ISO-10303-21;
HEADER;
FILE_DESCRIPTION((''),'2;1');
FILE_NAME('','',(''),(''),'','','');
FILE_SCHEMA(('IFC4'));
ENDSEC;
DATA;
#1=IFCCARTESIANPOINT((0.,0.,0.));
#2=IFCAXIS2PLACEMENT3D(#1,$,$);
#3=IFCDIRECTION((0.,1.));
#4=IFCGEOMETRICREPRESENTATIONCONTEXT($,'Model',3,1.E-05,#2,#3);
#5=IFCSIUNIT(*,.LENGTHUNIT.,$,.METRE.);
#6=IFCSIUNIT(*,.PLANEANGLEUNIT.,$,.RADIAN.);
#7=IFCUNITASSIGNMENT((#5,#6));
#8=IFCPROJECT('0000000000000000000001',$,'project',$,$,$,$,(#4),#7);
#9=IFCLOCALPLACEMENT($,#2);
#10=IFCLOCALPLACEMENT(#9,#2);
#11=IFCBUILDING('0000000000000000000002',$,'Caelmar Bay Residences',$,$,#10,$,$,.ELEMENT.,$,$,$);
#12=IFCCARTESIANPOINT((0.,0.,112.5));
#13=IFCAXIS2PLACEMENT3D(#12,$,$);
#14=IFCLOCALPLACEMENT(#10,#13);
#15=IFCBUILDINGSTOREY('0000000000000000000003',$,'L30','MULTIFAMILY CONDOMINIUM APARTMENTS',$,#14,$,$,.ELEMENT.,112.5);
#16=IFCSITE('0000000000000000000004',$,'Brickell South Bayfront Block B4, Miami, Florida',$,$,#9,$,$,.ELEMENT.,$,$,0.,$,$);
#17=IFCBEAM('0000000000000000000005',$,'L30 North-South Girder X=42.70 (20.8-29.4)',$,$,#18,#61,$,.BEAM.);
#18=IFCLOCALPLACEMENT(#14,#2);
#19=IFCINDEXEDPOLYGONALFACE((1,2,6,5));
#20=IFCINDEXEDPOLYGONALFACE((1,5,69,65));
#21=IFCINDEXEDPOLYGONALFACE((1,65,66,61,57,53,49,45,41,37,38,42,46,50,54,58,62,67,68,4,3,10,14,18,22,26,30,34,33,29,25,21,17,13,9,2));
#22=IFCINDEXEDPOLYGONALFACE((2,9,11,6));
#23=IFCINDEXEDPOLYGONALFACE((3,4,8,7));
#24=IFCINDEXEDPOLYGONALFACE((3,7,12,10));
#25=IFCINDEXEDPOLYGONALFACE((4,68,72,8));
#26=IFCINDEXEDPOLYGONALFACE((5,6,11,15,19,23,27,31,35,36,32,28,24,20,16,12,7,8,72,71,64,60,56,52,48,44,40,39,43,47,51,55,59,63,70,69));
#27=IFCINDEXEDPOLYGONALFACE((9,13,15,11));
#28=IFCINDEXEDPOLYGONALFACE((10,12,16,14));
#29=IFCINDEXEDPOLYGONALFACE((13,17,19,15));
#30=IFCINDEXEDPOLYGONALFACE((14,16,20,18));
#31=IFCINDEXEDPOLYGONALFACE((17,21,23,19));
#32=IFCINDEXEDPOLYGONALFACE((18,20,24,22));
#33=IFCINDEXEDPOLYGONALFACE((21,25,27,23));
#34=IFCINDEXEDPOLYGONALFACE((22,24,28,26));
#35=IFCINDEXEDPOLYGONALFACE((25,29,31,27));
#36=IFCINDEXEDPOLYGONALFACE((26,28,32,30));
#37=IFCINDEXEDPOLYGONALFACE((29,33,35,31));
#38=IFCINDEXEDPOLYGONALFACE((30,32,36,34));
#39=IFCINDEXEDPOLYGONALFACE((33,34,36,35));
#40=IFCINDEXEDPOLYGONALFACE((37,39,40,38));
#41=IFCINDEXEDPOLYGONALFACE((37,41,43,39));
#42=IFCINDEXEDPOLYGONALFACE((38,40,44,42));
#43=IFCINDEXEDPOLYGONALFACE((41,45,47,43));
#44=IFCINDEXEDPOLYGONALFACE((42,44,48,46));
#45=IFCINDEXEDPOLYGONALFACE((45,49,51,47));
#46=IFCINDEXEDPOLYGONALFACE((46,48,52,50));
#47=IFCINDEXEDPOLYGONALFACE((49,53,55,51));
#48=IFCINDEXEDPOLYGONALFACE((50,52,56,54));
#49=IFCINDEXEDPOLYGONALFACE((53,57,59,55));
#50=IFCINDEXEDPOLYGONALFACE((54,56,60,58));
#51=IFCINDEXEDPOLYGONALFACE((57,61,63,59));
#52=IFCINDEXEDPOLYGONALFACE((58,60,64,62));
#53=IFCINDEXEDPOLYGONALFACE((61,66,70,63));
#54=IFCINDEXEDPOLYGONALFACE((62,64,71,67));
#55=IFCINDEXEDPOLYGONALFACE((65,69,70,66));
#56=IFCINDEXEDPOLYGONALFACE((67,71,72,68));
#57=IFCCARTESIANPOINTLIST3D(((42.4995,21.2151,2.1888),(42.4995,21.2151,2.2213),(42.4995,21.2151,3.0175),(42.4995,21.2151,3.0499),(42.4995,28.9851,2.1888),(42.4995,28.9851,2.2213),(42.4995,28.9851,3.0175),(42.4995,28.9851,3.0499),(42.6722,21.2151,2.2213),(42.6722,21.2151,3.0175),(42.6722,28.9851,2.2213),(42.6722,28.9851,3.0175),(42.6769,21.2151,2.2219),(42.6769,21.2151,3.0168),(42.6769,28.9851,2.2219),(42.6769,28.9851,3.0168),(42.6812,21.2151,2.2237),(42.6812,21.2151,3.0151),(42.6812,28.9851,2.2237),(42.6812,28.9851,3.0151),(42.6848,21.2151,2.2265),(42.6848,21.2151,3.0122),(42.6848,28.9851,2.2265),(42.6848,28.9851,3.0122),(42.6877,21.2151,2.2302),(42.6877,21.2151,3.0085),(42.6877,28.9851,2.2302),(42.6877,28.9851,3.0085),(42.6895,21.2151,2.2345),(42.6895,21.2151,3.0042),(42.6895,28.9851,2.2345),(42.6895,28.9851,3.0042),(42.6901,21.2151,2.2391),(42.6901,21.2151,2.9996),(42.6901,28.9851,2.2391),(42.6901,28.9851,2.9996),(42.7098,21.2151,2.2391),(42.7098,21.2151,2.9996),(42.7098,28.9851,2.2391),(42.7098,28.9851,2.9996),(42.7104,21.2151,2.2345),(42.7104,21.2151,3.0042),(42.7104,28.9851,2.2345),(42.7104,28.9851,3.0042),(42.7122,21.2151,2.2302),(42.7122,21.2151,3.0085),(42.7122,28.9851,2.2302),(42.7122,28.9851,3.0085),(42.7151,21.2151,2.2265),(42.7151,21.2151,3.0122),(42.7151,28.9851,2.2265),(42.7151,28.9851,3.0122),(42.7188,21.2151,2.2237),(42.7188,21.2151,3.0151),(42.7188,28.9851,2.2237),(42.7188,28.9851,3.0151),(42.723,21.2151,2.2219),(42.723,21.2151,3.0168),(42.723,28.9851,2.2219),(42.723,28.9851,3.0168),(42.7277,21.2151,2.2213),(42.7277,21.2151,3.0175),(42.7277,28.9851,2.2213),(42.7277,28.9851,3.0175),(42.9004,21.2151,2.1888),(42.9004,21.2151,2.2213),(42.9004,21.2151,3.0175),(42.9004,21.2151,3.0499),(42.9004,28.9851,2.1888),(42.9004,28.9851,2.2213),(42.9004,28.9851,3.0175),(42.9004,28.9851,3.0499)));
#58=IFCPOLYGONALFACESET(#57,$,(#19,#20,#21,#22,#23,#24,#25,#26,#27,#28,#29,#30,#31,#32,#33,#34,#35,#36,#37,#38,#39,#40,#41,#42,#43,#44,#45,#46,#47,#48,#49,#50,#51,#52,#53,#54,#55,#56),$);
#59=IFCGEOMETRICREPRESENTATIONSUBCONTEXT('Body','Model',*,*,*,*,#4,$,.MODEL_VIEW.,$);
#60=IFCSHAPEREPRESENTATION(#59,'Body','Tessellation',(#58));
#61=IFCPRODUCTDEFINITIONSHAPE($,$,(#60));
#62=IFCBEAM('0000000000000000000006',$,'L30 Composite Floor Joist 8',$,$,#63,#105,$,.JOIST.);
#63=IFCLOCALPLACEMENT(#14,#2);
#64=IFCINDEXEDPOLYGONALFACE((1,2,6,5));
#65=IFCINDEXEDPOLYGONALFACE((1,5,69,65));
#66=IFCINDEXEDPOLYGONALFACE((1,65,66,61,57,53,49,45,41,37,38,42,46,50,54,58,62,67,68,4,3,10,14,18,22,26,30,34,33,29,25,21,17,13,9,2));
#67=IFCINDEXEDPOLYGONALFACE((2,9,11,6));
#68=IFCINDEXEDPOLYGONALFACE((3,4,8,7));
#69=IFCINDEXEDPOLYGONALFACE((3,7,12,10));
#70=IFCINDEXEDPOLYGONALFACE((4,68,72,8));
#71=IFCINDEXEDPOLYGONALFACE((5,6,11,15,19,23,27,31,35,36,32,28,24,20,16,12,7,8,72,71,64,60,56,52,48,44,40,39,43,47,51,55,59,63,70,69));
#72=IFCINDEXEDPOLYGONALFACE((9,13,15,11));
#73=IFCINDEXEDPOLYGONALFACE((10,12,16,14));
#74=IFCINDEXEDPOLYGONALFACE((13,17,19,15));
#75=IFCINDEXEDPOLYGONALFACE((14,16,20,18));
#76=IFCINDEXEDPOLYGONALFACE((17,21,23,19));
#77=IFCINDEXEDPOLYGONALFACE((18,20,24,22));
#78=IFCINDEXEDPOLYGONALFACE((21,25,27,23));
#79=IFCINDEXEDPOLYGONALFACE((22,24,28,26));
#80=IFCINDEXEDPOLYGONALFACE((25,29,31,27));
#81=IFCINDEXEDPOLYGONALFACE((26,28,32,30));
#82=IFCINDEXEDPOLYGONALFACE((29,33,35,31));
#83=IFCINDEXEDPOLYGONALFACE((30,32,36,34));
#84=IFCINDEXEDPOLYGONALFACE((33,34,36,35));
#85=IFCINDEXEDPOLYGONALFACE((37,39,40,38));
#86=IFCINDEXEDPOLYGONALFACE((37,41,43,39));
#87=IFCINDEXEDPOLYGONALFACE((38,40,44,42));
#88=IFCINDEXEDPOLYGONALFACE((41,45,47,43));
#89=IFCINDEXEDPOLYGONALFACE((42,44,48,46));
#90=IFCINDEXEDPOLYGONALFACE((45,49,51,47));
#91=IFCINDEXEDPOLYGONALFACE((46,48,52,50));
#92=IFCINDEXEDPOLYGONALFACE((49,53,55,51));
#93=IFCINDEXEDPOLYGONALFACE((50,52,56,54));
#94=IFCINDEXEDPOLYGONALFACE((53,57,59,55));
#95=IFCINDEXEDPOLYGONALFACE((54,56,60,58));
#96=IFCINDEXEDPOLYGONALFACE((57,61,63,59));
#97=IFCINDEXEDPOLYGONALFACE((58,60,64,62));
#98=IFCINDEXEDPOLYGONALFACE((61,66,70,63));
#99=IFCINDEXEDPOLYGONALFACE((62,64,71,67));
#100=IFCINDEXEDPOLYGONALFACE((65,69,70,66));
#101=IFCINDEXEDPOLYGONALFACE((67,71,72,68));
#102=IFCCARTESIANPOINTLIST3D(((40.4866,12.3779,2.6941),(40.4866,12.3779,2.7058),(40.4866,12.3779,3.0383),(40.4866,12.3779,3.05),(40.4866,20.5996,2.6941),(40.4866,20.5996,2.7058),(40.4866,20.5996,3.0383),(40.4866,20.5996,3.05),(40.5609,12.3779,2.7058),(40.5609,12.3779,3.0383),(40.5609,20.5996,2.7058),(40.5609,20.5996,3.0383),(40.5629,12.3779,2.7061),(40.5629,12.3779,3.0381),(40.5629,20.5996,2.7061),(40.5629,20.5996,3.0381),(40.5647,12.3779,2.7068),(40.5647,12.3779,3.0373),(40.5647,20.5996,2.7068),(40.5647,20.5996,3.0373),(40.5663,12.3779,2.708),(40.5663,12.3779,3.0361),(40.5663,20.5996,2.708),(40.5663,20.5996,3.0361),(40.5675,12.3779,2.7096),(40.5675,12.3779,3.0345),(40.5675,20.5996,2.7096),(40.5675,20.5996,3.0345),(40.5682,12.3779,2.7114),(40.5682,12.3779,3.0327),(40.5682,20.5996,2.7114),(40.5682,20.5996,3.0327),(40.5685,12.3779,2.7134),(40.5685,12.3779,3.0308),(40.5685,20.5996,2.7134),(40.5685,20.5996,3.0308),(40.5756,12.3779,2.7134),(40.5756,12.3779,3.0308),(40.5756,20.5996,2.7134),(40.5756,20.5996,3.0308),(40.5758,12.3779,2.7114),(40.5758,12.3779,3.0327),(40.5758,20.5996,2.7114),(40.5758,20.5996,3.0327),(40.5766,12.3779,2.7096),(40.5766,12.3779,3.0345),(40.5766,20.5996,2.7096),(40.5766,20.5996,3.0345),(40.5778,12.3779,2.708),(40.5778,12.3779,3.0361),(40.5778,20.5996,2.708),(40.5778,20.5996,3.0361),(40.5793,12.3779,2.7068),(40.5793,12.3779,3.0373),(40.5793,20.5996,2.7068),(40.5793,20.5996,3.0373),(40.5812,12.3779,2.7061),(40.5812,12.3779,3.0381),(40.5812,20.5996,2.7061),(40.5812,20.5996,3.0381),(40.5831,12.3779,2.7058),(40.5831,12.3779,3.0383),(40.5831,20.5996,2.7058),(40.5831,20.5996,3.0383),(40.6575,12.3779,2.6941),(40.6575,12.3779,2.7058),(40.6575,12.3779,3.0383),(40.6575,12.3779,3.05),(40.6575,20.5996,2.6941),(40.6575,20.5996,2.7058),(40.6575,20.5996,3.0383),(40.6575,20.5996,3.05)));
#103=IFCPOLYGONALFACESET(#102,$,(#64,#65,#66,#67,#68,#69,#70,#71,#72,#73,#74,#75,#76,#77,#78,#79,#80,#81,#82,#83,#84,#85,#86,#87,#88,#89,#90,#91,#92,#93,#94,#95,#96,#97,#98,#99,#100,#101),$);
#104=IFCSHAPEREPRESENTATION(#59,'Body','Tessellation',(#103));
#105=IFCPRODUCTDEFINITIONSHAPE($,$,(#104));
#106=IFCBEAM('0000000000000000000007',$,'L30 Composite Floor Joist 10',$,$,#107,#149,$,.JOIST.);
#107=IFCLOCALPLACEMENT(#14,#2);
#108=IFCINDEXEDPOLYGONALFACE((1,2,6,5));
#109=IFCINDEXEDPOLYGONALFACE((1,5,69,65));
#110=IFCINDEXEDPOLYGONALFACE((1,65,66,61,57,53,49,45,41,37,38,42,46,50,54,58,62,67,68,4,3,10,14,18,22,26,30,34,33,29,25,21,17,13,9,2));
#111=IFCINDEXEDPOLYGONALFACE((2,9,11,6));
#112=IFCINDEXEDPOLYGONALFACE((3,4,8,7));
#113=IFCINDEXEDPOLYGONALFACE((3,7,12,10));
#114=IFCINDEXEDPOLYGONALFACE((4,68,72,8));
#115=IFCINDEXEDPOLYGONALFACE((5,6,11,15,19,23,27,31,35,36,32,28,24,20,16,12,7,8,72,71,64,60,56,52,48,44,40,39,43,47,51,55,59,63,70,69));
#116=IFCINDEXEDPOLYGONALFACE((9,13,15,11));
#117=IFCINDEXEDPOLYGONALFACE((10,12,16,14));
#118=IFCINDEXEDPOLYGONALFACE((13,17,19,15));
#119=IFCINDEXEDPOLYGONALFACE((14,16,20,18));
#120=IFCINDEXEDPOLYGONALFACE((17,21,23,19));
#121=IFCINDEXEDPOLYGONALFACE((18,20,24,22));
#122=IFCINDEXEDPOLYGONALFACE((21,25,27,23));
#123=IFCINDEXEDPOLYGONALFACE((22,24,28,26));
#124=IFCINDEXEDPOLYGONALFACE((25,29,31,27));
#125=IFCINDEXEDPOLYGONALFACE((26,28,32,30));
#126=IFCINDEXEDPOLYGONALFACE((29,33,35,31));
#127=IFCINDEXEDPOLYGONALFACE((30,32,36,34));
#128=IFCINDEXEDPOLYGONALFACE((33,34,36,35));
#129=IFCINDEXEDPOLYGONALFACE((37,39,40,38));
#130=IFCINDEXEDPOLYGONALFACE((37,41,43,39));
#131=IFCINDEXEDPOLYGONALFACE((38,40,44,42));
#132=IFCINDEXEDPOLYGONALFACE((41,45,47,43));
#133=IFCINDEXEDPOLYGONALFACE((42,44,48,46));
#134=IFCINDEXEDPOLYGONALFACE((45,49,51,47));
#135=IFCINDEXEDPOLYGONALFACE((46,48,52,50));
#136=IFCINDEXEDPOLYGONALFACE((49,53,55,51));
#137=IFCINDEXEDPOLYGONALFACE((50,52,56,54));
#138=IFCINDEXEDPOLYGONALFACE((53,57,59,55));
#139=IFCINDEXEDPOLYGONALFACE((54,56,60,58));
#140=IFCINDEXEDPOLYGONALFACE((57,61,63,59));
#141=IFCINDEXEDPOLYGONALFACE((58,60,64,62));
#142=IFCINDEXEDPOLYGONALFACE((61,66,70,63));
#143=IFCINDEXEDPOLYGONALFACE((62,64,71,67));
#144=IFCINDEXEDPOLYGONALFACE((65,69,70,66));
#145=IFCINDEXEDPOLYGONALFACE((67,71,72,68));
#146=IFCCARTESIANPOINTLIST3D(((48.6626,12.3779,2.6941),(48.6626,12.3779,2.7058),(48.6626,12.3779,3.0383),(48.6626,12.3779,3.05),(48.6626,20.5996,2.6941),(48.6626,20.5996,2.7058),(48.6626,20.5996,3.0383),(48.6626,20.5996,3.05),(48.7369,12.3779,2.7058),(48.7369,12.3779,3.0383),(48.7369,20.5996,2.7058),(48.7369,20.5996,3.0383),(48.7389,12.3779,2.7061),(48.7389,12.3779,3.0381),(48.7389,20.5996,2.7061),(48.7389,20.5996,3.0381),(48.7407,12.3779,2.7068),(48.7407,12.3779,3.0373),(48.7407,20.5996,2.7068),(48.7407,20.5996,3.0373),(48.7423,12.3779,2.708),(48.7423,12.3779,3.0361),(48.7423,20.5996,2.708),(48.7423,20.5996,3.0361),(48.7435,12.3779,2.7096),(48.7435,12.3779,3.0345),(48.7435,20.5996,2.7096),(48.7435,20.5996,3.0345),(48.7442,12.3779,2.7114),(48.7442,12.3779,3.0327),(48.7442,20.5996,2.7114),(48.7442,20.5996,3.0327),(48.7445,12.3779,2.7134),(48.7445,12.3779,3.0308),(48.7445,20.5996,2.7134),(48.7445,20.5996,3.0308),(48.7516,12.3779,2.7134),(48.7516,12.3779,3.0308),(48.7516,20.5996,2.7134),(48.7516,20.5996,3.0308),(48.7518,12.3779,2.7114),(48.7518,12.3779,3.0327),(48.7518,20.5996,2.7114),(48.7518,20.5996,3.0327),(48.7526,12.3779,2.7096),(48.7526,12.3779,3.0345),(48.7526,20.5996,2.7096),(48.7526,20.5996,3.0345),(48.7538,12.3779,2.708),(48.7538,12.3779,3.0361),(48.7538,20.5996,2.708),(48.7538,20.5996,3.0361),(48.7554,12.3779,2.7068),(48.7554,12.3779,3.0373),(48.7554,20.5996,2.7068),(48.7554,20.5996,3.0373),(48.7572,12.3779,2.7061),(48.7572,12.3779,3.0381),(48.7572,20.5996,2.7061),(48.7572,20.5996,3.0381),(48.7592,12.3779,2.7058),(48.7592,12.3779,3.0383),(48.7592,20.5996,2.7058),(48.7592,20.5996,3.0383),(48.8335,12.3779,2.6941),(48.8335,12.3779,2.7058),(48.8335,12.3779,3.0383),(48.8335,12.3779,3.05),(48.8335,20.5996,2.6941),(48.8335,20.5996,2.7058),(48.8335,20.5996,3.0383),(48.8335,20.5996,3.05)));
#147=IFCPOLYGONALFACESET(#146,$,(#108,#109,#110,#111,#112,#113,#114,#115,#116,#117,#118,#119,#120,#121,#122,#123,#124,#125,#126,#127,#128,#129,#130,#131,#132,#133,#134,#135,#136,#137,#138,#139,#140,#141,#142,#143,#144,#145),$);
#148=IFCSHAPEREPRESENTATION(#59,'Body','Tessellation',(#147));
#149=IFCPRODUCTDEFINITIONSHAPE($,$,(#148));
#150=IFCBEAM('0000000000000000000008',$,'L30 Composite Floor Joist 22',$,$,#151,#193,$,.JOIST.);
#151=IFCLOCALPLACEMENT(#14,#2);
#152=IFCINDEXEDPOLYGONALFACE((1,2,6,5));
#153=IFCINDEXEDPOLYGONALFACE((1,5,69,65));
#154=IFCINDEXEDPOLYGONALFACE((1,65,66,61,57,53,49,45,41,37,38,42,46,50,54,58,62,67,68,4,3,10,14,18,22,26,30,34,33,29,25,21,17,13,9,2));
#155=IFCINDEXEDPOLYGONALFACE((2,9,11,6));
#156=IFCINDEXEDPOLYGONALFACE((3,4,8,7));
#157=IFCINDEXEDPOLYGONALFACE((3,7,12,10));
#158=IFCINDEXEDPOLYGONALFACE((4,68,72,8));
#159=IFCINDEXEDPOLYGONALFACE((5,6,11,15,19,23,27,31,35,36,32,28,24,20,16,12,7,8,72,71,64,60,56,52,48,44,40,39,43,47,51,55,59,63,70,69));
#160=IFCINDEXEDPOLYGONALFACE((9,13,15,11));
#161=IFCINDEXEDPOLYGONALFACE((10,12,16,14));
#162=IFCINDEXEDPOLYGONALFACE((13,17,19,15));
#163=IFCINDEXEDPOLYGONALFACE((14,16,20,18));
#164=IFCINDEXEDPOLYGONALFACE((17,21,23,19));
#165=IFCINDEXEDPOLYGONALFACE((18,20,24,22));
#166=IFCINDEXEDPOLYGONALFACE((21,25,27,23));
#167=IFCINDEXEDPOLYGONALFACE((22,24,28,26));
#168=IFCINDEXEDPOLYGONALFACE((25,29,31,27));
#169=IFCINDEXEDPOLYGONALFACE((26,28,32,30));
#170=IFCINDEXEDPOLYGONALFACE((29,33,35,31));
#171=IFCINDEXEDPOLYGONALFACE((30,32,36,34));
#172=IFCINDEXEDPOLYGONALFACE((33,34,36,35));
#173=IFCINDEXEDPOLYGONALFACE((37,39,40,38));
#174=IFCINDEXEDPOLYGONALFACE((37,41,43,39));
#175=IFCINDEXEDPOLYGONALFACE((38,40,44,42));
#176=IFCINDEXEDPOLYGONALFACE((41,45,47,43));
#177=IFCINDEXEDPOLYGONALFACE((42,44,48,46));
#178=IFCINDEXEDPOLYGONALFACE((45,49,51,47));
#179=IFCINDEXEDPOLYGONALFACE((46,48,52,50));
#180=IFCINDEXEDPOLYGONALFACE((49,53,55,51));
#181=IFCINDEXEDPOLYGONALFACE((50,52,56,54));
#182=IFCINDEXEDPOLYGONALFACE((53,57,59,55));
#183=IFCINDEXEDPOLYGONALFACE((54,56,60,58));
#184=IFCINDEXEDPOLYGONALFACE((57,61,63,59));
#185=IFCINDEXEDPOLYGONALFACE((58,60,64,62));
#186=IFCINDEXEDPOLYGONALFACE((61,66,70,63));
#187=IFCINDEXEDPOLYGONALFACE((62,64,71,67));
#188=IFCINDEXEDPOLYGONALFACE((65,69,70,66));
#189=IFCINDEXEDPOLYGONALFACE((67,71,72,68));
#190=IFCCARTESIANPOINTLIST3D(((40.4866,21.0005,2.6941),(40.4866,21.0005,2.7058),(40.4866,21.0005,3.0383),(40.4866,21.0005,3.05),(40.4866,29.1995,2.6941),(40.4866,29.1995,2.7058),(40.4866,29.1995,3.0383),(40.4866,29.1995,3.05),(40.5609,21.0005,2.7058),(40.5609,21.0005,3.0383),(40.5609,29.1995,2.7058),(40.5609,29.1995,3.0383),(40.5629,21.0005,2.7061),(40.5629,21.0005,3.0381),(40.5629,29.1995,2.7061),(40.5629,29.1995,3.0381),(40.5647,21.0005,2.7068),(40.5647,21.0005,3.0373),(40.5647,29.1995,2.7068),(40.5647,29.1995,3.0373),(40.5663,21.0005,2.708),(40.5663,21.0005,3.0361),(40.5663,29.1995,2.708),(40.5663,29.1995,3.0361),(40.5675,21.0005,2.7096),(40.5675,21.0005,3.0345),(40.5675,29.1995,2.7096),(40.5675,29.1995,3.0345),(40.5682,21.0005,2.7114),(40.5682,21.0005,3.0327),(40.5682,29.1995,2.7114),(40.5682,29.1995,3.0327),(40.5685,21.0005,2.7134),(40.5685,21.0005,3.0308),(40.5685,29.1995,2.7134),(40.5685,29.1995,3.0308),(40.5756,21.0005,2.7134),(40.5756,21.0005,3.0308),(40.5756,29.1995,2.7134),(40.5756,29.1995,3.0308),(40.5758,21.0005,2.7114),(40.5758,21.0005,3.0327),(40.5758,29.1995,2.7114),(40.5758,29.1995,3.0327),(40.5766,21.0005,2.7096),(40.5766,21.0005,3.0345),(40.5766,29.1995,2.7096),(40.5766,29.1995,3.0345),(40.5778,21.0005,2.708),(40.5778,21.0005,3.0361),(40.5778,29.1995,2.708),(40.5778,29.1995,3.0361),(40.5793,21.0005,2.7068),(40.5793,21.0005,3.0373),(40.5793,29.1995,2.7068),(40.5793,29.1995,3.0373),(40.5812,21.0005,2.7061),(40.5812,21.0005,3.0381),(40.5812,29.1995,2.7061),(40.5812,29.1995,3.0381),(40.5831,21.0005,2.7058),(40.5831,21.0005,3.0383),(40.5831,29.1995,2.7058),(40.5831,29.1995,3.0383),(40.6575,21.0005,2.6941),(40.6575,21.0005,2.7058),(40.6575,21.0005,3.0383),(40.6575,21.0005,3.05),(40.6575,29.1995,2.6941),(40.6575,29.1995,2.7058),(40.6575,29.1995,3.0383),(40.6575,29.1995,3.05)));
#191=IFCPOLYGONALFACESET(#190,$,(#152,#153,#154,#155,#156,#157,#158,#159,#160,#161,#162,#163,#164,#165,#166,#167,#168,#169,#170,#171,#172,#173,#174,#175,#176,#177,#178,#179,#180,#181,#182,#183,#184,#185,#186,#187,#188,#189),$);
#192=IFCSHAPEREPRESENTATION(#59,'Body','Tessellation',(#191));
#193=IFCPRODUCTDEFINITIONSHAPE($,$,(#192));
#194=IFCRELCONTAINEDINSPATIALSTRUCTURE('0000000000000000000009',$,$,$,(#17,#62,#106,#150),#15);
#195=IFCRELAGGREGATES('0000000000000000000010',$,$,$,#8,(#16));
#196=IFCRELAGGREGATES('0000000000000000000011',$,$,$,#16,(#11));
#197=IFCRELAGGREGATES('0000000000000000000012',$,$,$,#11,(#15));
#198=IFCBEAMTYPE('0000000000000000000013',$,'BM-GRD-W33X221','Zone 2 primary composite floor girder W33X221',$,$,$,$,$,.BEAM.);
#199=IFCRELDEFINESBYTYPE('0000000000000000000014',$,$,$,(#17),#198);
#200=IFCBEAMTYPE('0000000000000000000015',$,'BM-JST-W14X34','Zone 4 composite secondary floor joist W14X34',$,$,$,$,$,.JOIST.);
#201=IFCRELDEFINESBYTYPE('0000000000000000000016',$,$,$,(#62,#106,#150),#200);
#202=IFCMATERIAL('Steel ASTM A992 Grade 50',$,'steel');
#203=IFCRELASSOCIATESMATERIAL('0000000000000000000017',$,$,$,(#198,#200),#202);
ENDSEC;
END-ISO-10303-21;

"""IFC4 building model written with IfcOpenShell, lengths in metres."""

from ifc_helpers import new_model, si_unit, direction, frame, origin, origin_2d, place, context, subcontext, project, spatial, i_section, extrude, material, material_profile, profile_set, type_object, element, save


model = new_model("IFC4")

# Units and contexts
model_context = context("Model", 3, precision=1e-05, world=origin(), true_north=direction((0.0, 1.0)))
body_context = subcontext(model_context, "Body", "Model", "MODEL_VIEW")
ifc_project = project(units=[si_unit("LENGTHUNIT", "METRE"), si_unit("PLANEANGLEUNIT", "RADIAN")], contexts=[model_context])

# Site, building, storey
site_placement = place(None, origin())
site = spatial("IfcSite", under=ifc_project, at=site_placement, Name="Brickell South Bayfront Block B4, Miami, Florida", CompositionType="ELEMENT", RefElevation=0.0)
building_placement = place(site_placement, origin())
building = spatial("IfcBuilding", under=site, at=building_placement, Name="Caelmar Bay Residences", CompositionType="ELEMENT")
storey_placement = place(building_placement, frame((0.0, 0.0, 112.5)))
storey = spatial("IfcBuildingStorey", under=building, at=storey_placement, Name="L30", Description="MULTIFAMILY CONDOMINIUM APARTMENTS", CompositionType="ELEMENT", Elevation=112.5)

# Beams
ifc_material_1 = material(Name="Steel ASTM A992 Grade 50", Category="steel")
ifc_material_profile_1 = material_profile(ifc_material_1, i_section(OverallWidth=0.4009, OverallDepth=0.8611, WebThickness=0.0198, FlangeThickness=0.0325, FilletRadius=0.0178, at=origin_2d()), Name="W33X221")
ifc_profile_set_1 = profile_set([ifc_material_profile_1], Name="Steel ASTM A992 Grade 50")
beam_type_1 = type_object("IfcBeamType", Name="BM-GRD-W33X221", Description="Zone 2 primary composite floor girder W33X221", PredefinedType="BEAM", material=ifc_profile_set_1)
for number, where, z_axis, x_axis, name in (
    (1, (42.7, 21.2151, 2.6194), (0.0, 1.0, 0.0), (-1.0, 0.0, 0.0), "L30 North-South Girder X=42.70 (20.8-29.4)"),
):
    element("IfcBeam", number, at=place(storey_placement, frame(where, z_axis=z_axis, x_axis=x_axis)), inside=storey, type_object=beam_type_1, Name=name, PredefinedType="BEAM", context=body_context, shape_type="SweptSolid", body=[
        extrude(i_section(OverallWidth=0.4009, OverallDepth=0.8611, WebThickness=0.0198, FlangeThickness=0.0325, FilletRadius=0.0178, at=origin_2d()), origin(), (0.0, 0.0, 1.0), 7.77),
    ])
ifc_material_profile_2 = material_profile(ifc_material_1, i_section(OverallWidth=0.1709, OverallDepth=0.356, WebThickness=0.0071, FlangeThickness=0.0117, FilletRadius=0.0076, at=origin_2d()), Name="W14X34")
ifc_profile_set_2 = profile_set([ifc_material_profile_2], Name="Steel ASTM A992 Grade 50")
beam_type_2 = type_object("IfcBeamType", Name="BM-JST-W14X34", Description="Zone 4 composite secondary floor joist W14X34", PredefinedType="JOIST", material=ifc_profile_set_2)
for number, where, z_axis, x_axis, name in (
    (2, (40.572, 12.3779, 2.8721), (0.0, 1.0, 0.0), (-1.0, 0.0, 0.0), "L30 Composite Floor Joist 8"),
    (3, (48.748, 12.3779, 2.8721), (0.0, 1.0, 0.0), (-1.0, 0.0, 0.0), "L30 Composite Floor Joist 10"),
):
    element("IfcBeam", number, at=place(storey_placement, frame(where, z_axis=z_axis, x_axis=x_axis)), inside=storey, type_object=beam_type_2, Name=name, PredefinedType="JOIST", context=body_context, shape_type="SweptSolid", body=[
        extrude(i_section(OverallWidth=0.1709, OverallDepth=0.356, WebThickness=0.0071, FlangeThickness=0.0117, FilletRadius=0.0076, at=origin_2d()), origin(), (0.0, 0.0, 1.0), 8.2217),
    ])
for number, where, z_axis, x_axis, name in (
    (4, (40.572, 21.0005, 2.8721), (0.0, 1.0, 0.0), (-1.0, 0.0, 0.0), "L30 Composite Floor Joist 22"),
):
    element("IfcBeam", number, at=place(storey_placement, frame(where, z_axis=z_axis, x_axis=x_axis)), inside=storey, type_object=beam_type_2, Name=name, PredefinedType="JOIST", context=body_context, shape_type="SweptSolid", body=[
        extrude(i_section(OverallWidth=0.1709, OverallDepth=0.356, WebThickness=0.0071, FlangeThickness=0.0117, FilletRadius=0.0076, at=origin_2d()), origin(), (0.0, 0.0, 1.0), 8.199),
    ])

save(model, "model.ifc")
